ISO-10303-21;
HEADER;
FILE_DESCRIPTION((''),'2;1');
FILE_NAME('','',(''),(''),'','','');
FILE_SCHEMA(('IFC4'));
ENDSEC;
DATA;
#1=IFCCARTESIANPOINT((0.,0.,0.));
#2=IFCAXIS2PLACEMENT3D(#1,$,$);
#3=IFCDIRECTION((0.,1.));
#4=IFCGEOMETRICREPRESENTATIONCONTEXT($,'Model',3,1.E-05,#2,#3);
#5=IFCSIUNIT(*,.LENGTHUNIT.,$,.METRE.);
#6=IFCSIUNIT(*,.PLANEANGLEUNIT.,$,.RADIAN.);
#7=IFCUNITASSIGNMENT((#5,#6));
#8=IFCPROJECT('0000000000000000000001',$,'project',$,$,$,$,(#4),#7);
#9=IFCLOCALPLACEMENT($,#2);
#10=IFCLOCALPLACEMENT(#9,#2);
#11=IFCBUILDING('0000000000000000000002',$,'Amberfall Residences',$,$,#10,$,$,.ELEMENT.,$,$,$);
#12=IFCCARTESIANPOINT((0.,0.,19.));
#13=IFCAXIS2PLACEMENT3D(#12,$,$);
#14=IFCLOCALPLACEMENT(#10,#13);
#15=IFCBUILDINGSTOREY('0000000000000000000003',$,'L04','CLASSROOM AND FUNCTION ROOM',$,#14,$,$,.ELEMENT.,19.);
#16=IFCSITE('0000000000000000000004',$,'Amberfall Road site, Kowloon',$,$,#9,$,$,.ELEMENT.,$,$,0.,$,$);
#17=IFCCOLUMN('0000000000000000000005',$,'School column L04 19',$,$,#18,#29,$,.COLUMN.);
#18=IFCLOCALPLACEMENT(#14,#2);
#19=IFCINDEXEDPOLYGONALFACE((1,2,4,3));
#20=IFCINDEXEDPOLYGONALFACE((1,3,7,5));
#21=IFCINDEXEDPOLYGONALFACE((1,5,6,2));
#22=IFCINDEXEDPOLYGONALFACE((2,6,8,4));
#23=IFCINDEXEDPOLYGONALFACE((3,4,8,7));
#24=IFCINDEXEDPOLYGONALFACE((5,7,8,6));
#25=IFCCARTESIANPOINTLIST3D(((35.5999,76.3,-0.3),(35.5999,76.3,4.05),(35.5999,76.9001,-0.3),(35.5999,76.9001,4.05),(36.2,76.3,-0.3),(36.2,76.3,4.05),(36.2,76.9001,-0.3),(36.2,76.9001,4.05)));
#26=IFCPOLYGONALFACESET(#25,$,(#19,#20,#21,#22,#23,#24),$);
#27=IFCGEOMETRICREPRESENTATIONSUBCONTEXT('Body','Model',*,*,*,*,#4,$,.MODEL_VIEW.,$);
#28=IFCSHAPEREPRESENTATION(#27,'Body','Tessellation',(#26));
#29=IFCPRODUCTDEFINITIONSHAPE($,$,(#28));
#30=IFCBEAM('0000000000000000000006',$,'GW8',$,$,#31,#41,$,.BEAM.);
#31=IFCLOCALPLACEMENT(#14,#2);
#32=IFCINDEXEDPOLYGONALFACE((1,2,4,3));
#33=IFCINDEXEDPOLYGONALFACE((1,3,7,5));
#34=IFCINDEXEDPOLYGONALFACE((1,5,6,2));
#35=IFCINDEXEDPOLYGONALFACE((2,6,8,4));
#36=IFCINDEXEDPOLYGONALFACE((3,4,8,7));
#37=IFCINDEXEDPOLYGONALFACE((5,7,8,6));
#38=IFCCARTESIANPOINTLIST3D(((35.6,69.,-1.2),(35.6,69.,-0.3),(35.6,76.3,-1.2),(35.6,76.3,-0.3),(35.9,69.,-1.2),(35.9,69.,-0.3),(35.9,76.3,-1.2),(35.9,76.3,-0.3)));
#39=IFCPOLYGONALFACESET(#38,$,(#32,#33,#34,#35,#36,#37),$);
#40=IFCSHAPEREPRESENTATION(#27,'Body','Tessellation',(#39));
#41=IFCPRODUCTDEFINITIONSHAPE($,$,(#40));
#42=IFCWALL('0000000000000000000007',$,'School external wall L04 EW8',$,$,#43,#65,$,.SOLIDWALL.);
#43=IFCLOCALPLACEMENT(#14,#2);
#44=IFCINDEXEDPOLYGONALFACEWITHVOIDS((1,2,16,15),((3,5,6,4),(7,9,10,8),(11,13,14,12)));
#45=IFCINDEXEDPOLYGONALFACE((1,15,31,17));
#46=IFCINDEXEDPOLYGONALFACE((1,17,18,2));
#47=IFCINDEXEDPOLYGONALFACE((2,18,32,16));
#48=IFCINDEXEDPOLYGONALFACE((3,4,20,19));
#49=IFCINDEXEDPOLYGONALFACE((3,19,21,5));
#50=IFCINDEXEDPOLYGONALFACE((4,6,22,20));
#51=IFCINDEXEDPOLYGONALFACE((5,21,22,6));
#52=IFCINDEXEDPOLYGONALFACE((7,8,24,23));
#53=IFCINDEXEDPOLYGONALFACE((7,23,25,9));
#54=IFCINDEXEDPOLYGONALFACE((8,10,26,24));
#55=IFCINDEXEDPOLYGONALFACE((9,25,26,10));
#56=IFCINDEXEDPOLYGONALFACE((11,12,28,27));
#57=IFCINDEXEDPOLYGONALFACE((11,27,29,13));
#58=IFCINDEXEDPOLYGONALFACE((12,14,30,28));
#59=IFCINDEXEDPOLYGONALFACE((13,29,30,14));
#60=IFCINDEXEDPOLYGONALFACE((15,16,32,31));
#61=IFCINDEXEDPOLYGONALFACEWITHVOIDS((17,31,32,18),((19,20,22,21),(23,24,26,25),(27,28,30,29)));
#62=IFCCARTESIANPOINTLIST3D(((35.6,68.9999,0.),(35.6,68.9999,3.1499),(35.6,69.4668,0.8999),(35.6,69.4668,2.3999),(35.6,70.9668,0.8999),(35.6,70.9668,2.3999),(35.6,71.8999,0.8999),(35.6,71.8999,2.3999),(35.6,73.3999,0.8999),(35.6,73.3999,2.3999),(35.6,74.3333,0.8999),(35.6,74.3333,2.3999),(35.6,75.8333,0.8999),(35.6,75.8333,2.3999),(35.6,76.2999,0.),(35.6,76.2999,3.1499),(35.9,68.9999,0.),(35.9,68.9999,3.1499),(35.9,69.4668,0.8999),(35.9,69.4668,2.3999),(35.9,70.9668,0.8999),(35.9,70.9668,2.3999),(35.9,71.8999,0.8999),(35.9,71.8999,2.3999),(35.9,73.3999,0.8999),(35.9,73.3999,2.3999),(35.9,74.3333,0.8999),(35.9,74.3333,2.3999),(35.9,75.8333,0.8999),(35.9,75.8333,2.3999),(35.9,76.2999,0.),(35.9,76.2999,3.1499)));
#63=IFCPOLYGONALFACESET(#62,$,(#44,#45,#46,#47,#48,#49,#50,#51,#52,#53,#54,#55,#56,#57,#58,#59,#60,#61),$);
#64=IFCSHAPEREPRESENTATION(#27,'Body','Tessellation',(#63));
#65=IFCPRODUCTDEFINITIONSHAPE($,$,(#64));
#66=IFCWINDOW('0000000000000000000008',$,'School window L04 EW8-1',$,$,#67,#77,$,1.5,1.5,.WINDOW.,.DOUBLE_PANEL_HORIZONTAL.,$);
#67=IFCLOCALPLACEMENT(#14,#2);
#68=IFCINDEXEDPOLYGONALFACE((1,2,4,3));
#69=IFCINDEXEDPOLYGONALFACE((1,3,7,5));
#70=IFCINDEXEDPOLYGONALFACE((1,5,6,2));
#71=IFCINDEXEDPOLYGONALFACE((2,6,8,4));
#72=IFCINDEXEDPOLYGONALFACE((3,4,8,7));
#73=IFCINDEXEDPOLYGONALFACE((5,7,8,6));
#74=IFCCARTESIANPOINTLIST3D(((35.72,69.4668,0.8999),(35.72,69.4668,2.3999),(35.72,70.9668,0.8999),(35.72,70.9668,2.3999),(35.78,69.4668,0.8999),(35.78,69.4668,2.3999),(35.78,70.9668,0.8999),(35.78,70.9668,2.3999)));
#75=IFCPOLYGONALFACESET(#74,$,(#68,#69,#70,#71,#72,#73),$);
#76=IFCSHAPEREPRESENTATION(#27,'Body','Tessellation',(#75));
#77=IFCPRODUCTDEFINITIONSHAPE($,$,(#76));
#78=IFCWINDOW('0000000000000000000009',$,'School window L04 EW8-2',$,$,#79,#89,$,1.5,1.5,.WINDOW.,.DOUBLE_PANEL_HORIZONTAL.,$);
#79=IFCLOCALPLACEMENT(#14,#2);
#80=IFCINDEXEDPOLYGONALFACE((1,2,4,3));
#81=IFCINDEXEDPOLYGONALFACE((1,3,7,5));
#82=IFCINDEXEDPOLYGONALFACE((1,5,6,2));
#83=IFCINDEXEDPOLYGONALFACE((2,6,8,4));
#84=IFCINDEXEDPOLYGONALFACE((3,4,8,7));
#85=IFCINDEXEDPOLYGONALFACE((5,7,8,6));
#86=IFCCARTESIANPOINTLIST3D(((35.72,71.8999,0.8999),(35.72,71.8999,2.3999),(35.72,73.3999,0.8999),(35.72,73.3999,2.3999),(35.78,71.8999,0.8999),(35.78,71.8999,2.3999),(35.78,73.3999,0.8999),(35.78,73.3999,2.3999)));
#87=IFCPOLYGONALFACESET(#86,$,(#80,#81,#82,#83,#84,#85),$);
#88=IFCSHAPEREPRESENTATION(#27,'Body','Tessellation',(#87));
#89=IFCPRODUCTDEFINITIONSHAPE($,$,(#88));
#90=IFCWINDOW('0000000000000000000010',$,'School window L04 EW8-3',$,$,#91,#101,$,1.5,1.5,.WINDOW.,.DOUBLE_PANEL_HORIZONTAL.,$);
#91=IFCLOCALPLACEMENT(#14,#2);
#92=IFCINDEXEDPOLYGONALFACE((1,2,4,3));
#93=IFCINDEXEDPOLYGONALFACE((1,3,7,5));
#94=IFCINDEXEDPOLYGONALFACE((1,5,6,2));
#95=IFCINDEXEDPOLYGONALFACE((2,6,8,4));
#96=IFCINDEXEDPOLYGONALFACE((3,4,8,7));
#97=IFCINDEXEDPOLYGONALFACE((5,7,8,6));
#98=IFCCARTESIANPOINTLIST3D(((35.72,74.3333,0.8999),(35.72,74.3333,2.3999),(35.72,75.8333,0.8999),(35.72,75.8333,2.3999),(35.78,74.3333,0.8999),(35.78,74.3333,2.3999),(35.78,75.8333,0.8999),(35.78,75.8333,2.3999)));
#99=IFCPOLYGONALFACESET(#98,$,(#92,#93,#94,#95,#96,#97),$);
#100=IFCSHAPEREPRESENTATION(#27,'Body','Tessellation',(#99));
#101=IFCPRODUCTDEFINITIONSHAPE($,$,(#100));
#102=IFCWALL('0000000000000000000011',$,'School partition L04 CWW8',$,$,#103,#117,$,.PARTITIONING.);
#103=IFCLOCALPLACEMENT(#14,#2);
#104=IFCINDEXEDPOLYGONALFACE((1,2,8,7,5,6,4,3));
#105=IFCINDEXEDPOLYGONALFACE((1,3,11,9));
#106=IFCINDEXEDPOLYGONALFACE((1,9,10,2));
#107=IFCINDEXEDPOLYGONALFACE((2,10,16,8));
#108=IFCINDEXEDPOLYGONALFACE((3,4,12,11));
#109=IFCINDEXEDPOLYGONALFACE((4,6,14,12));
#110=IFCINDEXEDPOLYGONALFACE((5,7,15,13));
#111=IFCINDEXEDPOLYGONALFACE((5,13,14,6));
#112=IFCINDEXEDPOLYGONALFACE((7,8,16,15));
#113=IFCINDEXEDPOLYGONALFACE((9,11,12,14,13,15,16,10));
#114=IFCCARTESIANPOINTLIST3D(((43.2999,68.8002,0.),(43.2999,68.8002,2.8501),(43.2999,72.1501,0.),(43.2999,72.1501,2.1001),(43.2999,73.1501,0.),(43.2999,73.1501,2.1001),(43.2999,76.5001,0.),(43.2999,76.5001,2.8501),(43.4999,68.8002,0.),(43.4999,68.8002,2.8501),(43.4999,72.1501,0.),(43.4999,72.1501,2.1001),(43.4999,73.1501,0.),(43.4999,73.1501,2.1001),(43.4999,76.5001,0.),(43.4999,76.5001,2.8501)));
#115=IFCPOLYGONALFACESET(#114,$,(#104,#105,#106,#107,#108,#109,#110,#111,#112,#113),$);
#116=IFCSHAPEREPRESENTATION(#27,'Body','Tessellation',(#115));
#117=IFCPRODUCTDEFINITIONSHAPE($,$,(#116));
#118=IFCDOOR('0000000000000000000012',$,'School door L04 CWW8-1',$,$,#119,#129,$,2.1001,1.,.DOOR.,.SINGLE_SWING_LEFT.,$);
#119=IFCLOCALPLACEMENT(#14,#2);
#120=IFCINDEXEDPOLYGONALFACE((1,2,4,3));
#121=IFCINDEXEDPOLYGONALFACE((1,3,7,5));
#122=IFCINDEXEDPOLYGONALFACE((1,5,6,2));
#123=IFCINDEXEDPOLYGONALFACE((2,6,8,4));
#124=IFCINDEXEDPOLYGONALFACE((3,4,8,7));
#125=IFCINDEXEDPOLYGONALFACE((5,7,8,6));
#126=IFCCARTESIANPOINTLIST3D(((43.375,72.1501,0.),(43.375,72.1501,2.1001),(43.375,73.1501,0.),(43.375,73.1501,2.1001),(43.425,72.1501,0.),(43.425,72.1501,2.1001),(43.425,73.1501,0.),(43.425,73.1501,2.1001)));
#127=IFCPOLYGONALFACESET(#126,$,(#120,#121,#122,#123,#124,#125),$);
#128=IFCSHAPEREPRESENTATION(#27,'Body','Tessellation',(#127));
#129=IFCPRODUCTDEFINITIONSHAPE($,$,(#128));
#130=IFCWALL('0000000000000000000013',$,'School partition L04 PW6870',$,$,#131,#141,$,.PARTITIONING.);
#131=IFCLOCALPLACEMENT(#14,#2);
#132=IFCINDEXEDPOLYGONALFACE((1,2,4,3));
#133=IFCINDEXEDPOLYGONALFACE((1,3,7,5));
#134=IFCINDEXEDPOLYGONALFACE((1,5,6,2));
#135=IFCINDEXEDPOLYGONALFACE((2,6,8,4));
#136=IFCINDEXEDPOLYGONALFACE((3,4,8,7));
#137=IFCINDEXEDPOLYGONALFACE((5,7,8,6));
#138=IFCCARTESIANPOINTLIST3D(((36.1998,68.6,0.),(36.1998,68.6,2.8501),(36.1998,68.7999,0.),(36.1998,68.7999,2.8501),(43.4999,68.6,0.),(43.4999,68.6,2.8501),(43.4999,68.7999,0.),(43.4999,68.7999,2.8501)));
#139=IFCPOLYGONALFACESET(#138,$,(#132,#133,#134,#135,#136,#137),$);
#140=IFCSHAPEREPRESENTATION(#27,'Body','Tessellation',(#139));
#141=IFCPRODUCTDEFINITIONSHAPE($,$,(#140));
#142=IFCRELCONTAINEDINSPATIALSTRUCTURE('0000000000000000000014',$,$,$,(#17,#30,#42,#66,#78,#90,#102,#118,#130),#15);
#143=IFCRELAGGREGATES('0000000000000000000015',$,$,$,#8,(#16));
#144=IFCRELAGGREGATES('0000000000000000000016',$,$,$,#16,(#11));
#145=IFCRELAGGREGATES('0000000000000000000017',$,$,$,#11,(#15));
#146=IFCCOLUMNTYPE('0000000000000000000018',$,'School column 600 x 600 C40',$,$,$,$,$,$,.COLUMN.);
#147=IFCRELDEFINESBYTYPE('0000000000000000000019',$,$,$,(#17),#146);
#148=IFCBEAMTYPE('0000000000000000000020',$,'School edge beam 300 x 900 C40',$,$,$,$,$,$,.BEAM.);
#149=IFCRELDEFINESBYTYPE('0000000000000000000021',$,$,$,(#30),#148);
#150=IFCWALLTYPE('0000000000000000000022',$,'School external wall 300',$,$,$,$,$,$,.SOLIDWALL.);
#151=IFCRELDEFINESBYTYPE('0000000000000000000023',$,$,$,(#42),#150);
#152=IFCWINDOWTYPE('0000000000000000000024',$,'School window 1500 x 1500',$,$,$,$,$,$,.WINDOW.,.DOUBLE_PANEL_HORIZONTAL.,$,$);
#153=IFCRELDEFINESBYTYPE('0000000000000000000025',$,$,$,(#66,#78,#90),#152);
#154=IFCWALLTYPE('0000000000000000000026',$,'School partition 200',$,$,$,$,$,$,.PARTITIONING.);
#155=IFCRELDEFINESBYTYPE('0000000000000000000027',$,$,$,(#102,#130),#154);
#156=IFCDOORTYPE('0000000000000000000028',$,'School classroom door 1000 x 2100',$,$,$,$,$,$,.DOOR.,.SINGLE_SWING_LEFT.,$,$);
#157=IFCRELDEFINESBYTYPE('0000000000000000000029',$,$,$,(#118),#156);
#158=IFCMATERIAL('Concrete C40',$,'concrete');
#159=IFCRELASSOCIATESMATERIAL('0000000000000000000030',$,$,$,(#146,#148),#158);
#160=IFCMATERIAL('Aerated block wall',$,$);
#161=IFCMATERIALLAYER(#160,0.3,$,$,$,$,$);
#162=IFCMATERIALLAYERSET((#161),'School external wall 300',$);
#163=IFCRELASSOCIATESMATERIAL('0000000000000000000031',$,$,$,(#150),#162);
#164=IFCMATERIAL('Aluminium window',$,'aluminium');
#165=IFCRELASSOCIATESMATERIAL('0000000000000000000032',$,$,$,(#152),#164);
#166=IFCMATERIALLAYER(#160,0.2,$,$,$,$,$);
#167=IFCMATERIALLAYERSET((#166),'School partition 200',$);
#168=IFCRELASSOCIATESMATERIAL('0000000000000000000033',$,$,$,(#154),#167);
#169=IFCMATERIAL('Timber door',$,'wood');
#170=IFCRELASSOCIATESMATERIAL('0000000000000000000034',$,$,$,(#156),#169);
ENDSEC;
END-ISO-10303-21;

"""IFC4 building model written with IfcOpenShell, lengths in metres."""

from ifc_helpers import new_model, si_unit, direction, frame, frame_2d, origin, origin_2d, place, context, subcontext, project, spatial, rectangle, extrude, material, layer, layer_set, material_profile, profile_set, type_object, element, fill, save


model = new_model("IFC4")

# Units and contexts
model_context = context("Model", 3, precision=1e-05, world=origin(), true_north=direction((0.0, 1.0)))
body_context = subcontext(model_context, "Body", "Model", "MODEL_VIEW")
ifc_project = project(units=[si_unit("LENGTHUNIT", "METRE"), si_unit("PLANEANGLEUNIT", "RADIAN")], contexts=[model_context])

# Site, building, storey
site_placement = place(None, origin())
site = spatial("IfcSite", under=ifc_project, at=site_placement, Name="Amberfall Road site, Kowloon", CompositionType="ELEMENT", RefElevation=0.0)
building_placement = place(site_placement, origin())
building = spatial("IfcBuilding", under=site, at=building_placement, Name="Amberfall Residences", CompositionType="ELEMENT")
storey_placement = place(building_placement, frame((0.0, 0.0, 19.0)))
storey = spatial("IfcBuildingStorey", under=building, at=storey_placement, Name="L04", Description="CLASSROOM AND FUNCTION ROOM", CompositionType="ELEMENT", Elevation=19.0)

# Column
ifc_material_1 = material(Name="Concrete C40", Category="concrete")
ifc_material_profile_1 = material_profile(ifc_material_1, rectangle(XDim=0.6001, YDim=0.6001, at=origin_2d()), Name="School column 600 x 600 C40")
ifc_profile_set_1 = profile_set([ifc_material_profile_1], Name="Concrete C40")
column_type = type_object("IfcColumnType", Name="School column 600 x 600 C40", PredefinedType="COLUMN", material=ifc_profile_set_1)
column_placement = place(storey_placement, frame((35.8999, 76.6001, -0.3), z_axis=(0.0, 0.0, 1.0), x_axis=(1.0, 0.0, 0.0)))
element("IfcColumn", 1, at=column_placement, inside=storey, type_object=column_type, Name="School column L04 19", PredefinedType="COLUMN", context=body_context, shape_type="SweptSolid", body=[
    extrude(rectangle(XDim=0.6001, YDim=0.6001, at=origin_2d()), origin(), (0.0, 0.0, 1.0), 4.3501),
])

# Beam
ifc_material_profile_2 = material_profile(ifc_material_1, rectangle(XDim=0.3, YDim=0.8999, at=origin_2d()), Name="School edge beam 300 x 900 C40")
ifc_profile_set_2 = profile_set([ifc_material_profile_2], Name="Concrete C40")
beam_type = type_object("IfcBeamType", Name="School edge beam 300 x 900 C40", PredefinedType="BEAM", material=ifc_profile_set_2)
beam_placement = place(storey_placement, frame((35.75, 69.0, -0.75), z_axis=(0.0, 1.0, 0.0), x_axis=(-1.0, 0.0, 0.0)))
element("IfcBeam", 2, at=beam_placement, inside=storey, type_object=beam_type, Name="GW8", PredefinedType="BEAM", context=body_context, shape_type="SweptSolid", body=[
    extrude(rectangle(XDim=0.3, YDim=0.8999, at=origin_2d()), origin(), (0.0, 0.0, 1.0), 7.3),
])

# Wall, openings, windows
ifc_material_2 = material(Name="Aerated block wall")
ifc_layer_1 = layer(ifc_material_2, 0.3)
ifc_layer_set_1 = layer_set([ifc_layer_1], Name="School external wall 300")
wall_type_1 = type_object("IfcWallType", Name="School external wall 300", PredefinedType="SOLIDWALL", material=ifc_layer_set_1)
wall_1_placement = place(storey_placement, frame((35.75, 69.0, 0.0), z_axis=(0.0, 0.0, 1.0), x_axis=(0.0, 1.0, 0.0)))
wall_1 = element("IfcWall", 3, at=wall_1_placement, inside=storey, type_object=wall_type_1, Name="School external wall L04 EW8", PredefinedType="SOLIDWALL", context=body_context, shape_type="SweptSolid", body=[
    extrude(rectangle(XDim=7.3, YDim=0.3, at=frame_2d((3.6499, 0.0))), origin(), (0.0, 0.0, 1.0), 3.1499),
])
opening_1_placement = place(wall_1_placement, frame((0.4668, 0.0, 0.8999)))
opening_1 = element("IfcOpeningElement", 4, at=opening_1_placement, cuts=wall_1, PredefinedType="OPENING", context=body_context, shape_type="SweptSolid", body=[
    extrude(rectangle(XDim=1.5, YDim=1.5, at=frame_2d((0.75, 0.75))), frame((0.0, 0.1599, 0.0), z_axis=(0.0, -1.0, 0.0), x_axis=(1.0, 0.0, 0.0)), (0.0, 0.0, 1.0), 0.3201),
])
opening_2_placement = place(wall_1_placement, frame((2.8999, 0.0, 0.8999)))
opening_2 = element("IfcOpeningElement", 5, at=opening_2_placement, cuts=wall_1, PredefinedType="OPENING", context=body_context, shape_type="SweptSolid", body=[
    extrude(rectangle(XDim=1.5, YDim=1.5, at=frame_2d((0.75, 0.75))), frame((0.0, 0.1599, 0.0), z_axis=(0.0, -1.0, 0.0), x_axis=(1.0, 0.0, 0.0)), (0.0, 0.0, 1.0), 0.3201),
])
opening_3_placement = place(wall_1_placement, frame((5.3333, 0.0, 0.8999)))
opening_3 = element("IfcOpeningElement", 6, at=opening_3_placement, cuts=wall_1, PredefinedType="OPENING", context=body_context, shape_type="SweptSolid", body=[
    extrude(rectangle(XDim=1.5, YDim=1.5, at=frame_2d((0.75, 0.75))), frame((0.0, 0.1599, 0.0), z_axis=(0.0, -1.0, 0.0), x_axis=(1.0, 0.0, 0.0)), (0.0, 0.0, 1.0), 0.3201),
])
ifc_material_3 = material(Name="Aluminium window", Category="aluminium")
window_type = type_object("IfcWindowType", Name="School window 1500 x 1500", PartitioningType="DOUBLE_PANEL_HORIZONTAL", PredefinedType="WINDOW", material=ifc_material_3)
window_1_placement = place(opening_1_placement, origin())
window_1 = element("IfcWindow", 7, at=window_1_placement, inside=storey, type_object=window_type, Name="School window L04 EW8-1", OverallHeight=1.5, OverallWidth=1.5, PartitioningType="DOUBLE_PANEL_HORIZONTAL", PredefinedType="WINDOW", context=body_context, shape_type="SweptSolid", body=[
    extrude(rectangle(XDim=1.5, YDim=1.5, at=frame_2d((0.75, 0.75))), frame((0.0, 0.03, 0.0), z_axis=(0.0, -1.0, 0.0), x_axis=(1.0, 0.0, 0.0)), (0.0, 0.0, 1.0), 0.0601),
])
fill(opening_1, window_1)
window_2_placement = place(opening_2_placement, origin())
window_2 = element("IfcWindow", 8, at=window_2_placement, inside=storey, type_object=window_type, Name="School window L04 EW8-2", OverallHeight=1.5, OverallWidth=1.5, PartitioningType="DOUBLE_PANEL_HORIZONTAL", PredefinedType="WINDOW", context=body_context, shape_type="SweptSolid", body=[
    extrude(rectangle(XDim=1.5, YDim=1.5, at=frame_2d((0.75, 0.75))), frame((0.0, 0.03, 0.0), z_axis=(0.0, -1.0, 0.0), x_axis=(1.0, 0.0, 0.0)), (0.0, 0.0, 1.0), 0.0601),
])
fill(opening_2, window_2)
window_3_placement = place(opening_3_placement, origin())
window_3 = element("IfcWindow", 9, at=window_3_placement, inside=storey, type_object=window_type, Name="School window L04 EW8-3", OverallHeight=1.5, OverallWidth=1.5, PartitioningType="DOUBLE_PANEL_HORIZONTAL", PredefinedType="WINDOW", context=body_context, shape_type="SweptSolid", body=[
    extrude(rectangle(XDim=1.5, YDim=1.5, at=frame_2d((0.75, 0.75))), frame((0.0, 0.03, 0.0), z_axis=(0.0, -1.0, 0.0), x_axis=(1.0, 0.0, 0.0)), (0.0, 0.0, 1.0), 0.0601),
])
fill(opening_3, window_3)

# Wall, opening, door
ifc_layer_2 = layer(ifc_material_2, 0.2)
ifc_layer_set_2 = layer_set([ifc_layer_2], Name="School partition 200")
wall_type_2 = type_object("IfcWallType", Name="School partition 200", PredefinedType="PARTITIONING", material=ifc_layer_set_2)
wall_2_placement = place(storey_placement, frame((43.3999, 68.8, 0.0), z_axis=(0.0, 0.0, 1.0), x_axis=(0.0, 1.0, 0.0)))
wall_2 = element("IfcWall", 10, at=wall_2_placement, inside=storey, type_object=wall_type_2, Name="School partition L04 CWW8", PredefinedType="PARTITIONING", context=body_context, shape_type="SweptSolid", body=[
    extrude(rectangle(XDim=7.7, YDim=0.2, at=frame_2d((3.8501, 0.0))), origin(), (0.0, 0.0, 1.0), 2.8501),
])
opening_4_placement = place(wall_2_placement, frame((3.3501, 0.0, 0.0)))
opening_4 = element("IfcOpeningElement", 11, at=opening_4_placement, cuts=wall_2, PredefinedType="OPENING", context=body_context, shape_type="SweptSolid", body=[
    extrude(rectangle(XDim=1.0, YDim=2.1001, at=frame_2d((0.5, 1.05))), frame((0.0, 0.1099, 0.0), z_axis=(0.0, -1.0, 0.0), x_axis=(1.0, 0.0, 0.0)), (0.0, 0.0, 1.0), 0.22),
])
ifc_material_4 = material(Name="Timber door", Category="wood")
door_type = type_object("IfcDoorType", Name="School classroom door 1000 x 2100", OperationType="SINGLE_SWING_LEFT", PredefinedType="DOOR", material=ifc_material_4)
door_1_placement = place(opening_4_placement, origin())
door_1 = element("IfcDoor", 12, at=door_1_placement, inside=storey, type_object=door_type, Name="School door L04 CWW8-1", OperationType="SINGLE_SWING_LEFT", OverallHeight=2.1001, OverallWidth=1.0, PredefinedType="DOOR", context=body_context, shape_type="SweptSolid", body=[
    extrude(rectangle(XDim=1.0, YDim=2.1001, at=frame_2d((0.5, 1.05))), frame((0.0, 0.0249, 0.0), z_axis=(0.0, -1.0, 0.0), x_axis=(1.0, 0.0, 0.0)), (0.0, 0.0, 1.0), 0.05),
])
fill(opening_4, door_1)

# Wall
wall_3_placement = place(storey_placement, frame((36.2, 68.7, 0.0), z_axis=(0.0, 0.0, 1.0), x_axis=(1.0, 0.0, 0.0)))
element("IfcWall", 13, at=wall_3_placement, inside=storey, type_object=wall_type_2, Name="School partition L04 PW6870", PredefinedType="PARTITIONING", context=body_context, shape_type="SweptSolid", body=[
    extrude(rectangle(XDim=7.3, YDim=0.2, at=frame_2d((3.6499, 0.0))), origin(), (0.0, 0.0, 1.0), 2.8501),
])

save(model, "model.ifc")
